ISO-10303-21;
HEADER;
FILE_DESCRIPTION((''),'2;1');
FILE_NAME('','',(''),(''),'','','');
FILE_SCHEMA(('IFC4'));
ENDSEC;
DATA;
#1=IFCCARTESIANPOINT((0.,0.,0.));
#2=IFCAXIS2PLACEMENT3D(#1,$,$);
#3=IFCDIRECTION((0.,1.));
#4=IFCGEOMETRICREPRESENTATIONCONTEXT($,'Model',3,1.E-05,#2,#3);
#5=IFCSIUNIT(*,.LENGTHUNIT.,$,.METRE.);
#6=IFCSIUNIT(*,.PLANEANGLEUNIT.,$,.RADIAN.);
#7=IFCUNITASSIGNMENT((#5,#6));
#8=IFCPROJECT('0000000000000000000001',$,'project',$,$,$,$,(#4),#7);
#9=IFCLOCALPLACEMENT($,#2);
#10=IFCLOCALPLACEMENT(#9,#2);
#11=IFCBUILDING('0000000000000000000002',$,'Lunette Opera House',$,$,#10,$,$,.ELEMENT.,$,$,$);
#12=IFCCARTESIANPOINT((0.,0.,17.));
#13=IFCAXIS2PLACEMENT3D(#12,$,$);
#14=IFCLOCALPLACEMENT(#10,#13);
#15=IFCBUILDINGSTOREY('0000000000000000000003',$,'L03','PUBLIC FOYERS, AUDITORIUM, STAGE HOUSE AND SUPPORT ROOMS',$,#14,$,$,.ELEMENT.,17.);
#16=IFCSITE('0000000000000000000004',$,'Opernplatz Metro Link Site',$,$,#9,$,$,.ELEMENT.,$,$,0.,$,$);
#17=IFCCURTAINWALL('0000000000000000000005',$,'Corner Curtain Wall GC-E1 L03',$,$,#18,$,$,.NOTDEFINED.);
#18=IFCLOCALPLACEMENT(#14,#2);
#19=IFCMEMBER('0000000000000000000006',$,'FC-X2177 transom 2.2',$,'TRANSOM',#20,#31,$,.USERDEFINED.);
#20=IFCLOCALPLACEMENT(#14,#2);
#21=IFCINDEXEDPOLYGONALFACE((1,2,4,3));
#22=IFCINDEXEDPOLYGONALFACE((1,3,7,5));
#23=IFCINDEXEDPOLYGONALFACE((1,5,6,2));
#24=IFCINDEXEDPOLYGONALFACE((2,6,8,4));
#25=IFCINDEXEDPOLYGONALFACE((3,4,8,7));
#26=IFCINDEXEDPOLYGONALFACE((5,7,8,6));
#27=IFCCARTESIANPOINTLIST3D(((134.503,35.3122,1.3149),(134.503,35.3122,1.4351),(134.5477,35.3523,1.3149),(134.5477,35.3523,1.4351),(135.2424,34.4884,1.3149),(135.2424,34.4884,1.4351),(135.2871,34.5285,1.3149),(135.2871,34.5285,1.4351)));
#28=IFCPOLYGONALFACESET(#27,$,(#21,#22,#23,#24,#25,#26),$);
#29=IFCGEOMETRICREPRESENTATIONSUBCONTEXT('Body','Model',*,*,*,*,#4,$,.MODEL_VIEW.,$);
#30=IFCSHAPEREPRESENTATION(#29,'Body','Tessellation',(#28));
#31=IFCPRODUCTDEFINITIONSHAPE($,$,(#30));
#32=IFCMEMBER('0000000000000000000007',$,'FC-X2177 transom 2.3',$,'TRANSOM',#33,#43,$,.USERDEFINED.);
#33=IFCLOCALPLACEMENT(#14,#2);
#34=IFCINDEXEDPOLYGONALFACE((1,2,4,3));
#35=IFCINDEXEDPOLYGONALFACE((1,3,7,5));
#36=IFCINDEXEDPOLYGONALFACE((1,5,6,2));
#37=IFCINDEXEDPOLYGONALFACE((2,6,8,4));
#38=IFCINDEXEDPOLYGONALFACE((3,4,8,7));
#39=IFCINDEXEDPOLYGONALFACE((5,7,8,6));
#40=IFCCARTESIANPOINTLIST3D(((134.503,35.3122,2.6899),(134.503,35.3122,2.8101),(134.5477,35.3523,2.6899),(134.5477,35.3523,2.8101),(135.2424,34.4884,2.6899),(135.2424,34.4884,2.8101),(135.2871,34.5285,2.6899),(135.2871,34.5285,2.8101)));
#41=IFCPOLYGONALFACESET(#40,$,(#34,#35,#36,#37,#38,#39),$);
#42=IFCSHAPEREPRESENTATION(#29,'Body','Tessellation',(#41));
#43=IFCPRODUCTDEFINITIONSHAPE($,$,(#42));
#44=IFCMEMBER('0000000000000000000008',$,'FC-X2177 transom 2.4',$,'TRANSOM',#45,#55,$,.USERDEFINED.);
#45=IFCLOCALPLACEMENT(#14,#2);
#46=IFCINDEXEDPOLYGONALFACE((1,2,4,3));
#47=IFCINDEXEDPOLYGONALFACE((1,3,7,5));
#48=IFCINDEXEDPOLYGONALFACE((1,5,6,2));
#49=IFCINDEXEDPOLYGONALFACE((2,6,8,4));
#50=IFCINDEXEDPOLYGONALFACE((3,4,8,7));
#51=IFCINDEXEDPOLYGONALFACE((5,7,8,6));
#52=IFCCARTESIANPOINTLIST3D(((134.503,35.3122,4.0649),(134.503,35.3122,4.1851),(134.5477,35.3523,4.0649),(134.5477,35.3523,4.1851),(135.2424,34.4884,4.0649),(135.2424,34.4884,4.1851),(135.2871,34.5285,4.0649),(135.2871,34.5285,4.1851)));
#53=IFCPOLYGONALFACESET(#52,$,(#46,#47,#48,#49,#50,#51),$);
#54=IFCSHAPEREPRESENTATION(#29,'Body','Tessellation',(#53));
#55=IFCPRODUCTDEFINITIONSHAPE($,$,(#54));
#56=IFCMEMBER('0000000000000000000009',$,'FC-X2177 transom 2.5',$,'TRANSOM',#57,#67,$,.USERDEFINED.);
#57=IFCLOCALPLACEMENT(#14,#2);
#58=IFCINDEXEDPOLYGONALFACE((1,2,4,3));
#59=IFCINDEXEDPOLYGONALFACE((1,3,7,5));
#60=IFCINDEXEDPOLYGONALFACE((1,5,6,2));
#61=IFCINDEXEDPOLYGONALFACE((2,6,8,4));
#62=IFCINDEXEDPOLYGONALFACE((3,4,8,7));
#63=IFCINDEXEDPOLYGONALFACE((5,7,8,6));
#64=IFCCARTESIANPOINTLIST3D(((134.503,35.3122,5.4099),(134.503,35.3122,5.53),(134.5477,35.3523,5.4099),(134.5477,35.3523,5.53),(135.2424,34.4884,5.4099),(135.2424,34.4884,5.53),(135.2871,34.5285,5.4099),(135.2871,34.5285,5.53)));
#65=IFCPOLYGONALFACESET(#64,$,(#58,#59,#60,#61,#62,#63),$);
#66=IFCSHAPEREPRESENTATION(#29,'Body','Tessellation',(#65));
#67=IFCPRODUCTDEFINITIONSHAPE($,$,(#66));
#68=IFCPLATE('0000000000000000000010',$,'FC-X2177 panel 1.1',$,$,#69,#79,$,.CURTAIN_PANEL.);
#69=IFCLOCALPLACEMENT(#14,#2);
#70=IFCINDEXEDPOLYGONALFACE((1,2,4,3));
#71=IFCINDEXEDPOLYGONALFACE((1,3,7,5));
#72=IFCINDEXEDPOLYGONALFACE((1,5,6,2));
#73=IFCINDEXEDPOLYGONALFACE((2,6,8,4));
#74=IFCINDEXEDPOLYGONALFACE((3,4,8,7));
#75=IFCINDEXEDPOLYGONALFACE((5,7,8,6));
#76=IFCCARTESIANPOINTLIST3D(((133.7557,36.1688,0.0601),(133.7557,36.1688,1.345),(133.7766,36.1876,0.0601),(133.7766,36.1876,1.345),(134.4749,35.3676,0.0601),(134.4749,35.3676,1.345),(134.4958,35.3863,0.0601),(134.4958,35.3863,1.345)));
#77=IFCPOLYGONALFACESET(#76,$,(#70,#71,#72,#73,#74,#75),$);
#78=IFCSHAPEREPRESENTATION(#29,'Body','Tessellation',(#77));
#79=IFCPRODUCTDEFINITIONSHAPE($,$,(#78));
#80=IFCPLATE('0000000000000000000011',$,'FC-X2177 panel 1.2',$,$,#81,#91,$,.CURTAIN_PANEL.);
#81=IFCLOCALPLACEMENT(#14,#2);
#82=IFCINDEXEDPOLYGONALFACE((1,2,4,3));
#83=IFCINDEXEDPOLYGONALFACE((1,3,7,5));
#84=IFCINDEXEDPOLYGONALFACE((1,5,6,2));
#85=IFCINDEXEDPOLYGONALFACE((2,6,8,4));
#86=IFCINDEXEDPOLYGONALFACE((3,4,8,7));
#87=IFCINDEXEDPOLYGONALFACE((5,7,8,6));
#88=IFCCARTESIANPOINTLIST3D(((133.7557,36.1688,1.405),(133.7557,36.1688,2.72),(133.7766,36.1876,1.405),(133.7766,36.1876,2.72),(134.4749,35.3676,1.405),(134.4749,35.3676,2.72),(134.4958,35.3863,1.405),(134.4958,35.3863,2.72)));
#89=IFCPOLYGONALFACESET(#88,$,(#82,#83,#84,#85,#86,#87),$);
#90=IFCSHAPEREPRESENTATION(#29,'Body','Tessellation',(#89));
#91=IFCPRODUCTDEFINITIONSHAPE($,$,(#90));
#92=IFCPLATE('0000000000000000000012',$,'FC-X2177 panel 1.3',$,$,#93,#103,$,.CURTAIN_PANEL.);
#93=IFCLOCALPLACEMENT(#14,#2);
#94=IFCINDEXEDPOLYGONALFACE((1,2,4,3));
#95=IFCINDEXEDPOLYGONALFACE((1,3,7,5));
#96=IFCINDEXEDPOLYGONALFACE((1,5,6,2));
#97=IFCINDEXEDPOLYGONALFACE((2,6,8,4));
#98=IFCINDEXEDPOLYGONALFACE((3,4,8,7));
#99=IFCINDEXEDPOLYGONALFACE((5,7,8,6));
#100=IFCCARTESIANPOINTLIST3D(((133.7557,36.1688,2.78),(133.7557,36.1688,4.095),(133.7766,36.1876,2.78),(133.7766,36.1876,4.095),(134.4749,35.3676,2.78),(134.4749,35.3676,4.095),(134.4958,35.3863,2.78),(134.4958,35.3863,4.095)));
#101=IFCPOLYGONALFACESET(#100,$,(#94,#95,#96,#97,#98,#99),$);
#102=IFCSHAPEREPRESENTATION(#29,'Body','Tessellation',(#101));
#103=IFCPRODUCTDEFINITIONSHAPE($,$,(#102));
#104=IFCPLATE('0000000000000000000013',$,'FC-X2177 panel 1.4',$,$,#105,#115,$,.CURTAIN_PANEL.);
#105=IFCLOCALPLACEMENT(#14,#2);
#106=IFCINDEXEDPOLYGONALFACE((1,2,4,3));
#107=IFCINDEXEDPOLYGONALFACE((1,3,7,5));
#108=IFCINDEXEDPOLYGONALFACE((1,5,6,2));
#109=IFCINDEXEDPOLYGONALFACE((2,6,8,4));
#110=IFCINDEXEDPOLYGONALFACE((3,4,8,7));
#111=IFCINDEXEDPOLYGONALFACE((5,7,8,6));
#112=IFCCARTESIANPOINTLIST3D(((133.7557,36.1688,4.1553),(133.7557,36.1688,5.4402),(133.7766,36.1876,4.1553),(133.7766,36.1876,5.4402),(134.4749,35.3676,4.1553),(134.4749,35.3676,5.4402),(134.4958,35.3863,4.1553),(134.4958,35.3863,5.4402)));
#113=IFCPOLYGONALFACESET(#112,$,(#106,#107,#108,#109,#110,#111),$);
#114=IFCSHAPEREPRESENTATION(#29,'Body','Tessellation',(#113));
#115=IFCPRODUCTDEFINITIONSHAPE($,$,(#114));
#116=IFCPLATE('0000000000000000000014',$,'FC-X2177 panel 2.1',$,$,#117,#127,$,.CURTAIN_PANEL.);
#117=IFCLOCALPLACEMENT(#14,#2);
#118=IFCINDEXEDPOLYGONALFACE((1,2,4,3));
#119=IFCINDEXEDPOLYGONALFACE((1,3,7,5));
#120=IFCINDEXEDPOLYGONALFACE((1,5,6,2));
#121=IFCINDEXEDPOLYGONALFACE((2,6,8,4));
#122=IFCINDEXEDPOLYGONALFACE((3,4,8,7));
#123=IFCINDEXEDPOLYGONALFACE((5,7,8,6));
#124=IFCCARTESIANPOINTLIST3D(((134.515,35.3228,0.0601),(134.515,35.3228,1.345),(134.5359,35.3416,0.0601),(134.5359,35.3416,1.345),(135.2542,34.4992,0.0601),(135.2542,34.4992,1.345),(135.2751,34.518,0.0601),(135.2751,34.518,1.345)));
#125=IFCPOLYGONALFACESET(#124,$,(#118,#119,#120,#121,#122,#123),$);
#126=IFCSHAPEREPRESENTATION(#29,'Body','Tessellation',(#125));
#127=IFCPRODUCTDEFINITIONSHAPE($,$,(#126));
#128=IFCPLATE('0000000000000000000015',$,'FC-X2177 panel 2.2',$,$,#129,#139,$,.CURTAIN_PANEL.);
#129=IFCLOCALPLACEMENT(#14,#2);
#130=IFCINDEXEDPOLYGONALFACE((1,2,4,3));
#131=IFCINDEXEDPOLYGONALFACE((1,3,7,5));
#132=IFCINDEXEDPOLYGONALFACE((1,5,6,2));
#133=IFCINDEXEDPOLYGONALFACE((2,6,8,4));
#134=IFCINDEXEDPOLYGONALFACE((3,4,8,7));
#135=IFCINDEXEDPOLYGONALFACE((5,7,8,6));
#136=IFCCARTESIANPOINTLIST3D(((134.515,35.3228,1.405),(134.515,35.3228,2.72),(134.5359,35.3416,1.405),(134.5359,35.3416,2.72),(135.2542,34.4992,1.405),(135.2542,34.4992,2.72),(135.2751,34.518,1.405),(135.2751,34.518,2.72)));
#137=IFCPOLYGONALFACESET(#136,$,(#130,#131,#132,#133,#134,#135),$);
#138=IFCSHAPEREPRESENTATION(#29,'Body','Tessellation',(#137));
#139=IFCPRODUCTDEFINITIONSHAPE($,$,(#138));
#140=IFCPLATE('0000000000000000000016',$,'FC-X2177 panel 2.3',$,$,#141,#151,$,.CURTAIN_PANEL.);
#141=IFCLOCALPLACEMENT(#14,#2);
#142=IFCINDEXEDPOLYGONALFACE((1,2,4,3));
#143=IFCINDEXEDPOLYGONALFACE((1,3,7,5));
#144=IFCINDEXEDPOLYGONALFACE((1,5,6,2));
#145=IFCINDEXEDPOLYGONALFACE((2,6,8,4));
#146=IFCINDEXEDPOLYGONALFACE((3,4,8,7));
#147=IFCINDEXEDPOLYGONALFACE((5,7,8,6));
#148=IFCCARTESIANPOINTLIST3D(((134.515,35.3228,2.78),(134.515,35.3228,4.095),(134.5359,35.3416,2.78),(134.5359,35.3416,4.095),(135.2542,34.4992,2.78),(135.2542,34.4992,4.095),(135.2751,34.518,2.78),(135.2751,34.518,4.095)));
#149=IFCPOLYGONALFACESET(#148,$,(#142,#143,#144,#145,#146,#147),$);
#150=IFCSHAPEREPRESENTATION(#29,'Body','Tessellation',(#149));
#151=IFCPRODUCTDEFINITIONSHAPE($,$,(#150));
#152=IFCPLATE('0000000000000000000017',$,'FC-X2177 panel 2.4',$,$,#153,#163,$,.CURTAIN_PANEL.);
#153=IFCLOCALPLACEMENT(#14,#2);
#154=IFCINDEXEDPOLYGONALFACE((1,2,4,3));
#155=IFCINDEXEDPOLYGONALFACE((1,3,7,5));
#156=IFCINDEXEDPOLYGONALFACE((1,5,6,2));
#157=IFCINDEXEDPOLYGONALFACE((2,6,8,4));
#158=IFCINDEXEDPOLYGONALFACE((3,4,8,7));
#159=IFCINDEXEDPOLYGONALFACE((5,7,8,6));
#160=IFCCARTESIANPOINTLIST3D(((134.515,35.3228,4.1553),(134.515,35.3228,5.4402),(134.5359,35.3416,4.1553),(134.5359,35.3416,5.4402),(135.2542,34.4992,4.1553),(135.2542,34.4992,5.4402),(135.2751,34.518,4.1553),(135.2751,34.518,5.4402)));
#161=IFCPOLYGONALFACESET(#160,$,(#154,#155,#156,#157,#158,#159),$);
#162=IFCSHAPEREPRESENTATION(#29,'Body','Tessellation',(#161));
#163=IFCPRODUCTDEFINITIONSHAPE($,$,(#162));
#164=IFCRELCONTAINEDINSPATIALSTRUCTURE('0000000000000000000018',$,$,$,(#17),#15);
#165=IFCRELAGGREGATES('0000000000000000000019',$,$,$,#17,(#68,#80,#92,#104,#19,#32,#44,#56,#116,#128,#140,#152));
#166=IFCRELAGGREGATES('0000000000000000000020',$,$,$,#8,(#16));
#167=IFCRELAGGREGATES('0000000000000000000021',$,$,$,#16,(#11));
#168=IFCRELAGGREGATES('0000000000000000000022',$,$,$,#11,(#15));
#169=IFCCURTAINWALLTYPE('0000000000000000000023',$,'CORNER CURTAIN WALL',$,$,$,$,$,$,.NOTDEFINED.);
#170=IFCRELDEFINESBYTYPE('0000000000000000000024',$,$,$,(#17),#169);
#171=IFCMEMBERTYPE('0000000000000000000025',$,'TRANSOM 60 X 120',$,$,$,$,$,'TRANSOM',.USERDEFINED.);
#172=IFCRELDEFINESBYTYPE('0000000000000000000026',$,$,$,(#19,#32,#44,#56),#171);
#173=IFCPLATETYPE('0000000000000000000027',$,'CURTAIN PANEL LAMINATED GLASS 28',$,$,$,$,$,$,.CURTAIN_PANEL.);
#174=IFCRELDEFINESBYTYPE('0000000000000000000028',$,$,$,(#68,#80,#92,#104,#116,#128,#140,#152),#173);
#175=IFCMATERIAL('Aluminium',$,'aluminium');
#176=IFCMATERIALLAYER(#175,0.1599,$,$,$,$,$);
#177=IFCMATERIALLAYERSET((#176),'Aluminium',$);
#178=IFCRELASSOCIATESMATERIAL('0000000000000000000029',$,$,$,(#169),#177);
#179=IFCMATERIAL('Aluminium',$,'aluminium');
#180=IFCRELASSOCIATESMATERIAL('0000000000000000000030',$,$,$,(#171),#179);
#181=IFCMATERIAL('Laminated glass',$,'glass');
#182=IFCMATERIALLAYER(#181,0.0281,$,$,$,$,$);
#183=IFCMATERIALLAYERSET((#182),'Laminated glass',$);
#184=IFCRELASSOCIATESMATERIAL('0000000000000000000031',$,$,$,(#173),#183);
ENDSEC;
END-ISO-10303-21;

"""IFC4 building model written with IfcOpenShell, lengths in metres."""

from ifc_helpers import new_model, si_unit, direction, frame, origin, origin_2d, place, context, subcontext, project, spatial, rectangle, extrude, material, layer, layer_set, material_profile, profile_set, type_object, element, aggregate, save


model = new_model("IFC4")

# Units and contexts
model_context = context("Model", 3, precision=1e-05, world=origin(), true_north=direction((0.0, 1.0)))
body_context = subcontext(model_context, "Body", "Model", "MODEL_VIEW")
ifc_project = project(units=[si_unit("LENGTHUNIT", "METRE"), si_unit("PLANEANGLEUNIT", "RADIAN")], contexts=[model_context])

# Site, building, storey
site_placement = place(None, origin())
site = spatial("IfcSite", under=ifc_project, at=site_placement, Name="Opernplatz Metro Link Site", CompositionType="ELEMENT", RefElevation=0.0)
building_placement = place(site_placement, origin())
building = spatial("IfcBuilding", under=site, at=building_placement, Name="Lunette Opera House", CompositionType="ELEMENT")
storey_placement = place(building_placement, frame((0.0, 0.0, 17.0)))
storey = spatial("IfcBuildingStorey", under=building, at=storey_placement, Name="L03", Description="PUBLIC FOYERS, AUDITORIUM, STAGE HOUSE AND SUPPORT ROOMS", CompositionType="ELEMENT", Elevation=17.0)

# Curtain wall
ifc_material_1 = material(Name="Aluminium", Category="aluminium")
ifc_layer_1 = layer(ifc_material_1, 0.1599)
ifc_layer_set_1 = layer_set([ifc_layer_1], Name="Aluminium")
curtain_wall_type = type_object("IfcCurtainWallType", Name="CORNER CURTAIN WALL", PredefinedType="NOTDEFINED", material=ifc_layer_set_1)
curtain_wall_placement = place(storey_placement, origin())
curtain_wall = element("IfcCurtainWall", 1, at=curtain_wall_placement, inside=storey, type_object=curtain_wall_type, Name="Corner Curtain Wall GC-E1 L03", PredefinedType="NOTDEFINED")

# Members
ifc_material_2 = material(Name="Aluminium", Category="aluminium")
ifc_material_profile_1 = material_profile(ifc_material_2, rectangle(XDim=0.0601, YDim=0.1201, at=origin_2d()), Name="TRANSOM 60 X 120")
ifc_profile_set_1 = profile_set([ifc_material_profile_1], Name="Aluminium")
member_type_1 = type_object("IfcMemberType", Name="TRANSOM 60 X 120", ElementType="TRANSOM", PredefinedType="USERDEFINED", material=ifc_profile_set_1)
member_1_placement = place(storey_placement, frame((134.5254, 35.3323, 1.375), z_axis=(0.667916, -0.744237, 0.0), x_axis=(0.744237, 0.667916, 0.0)))
member_1 = element("IfcMember", 2, at=member_1_placement, type_object=member_type_1, Name="FC-X2177 transom 2.2", ObjectType="TRANSOM", PredefinedType="USERDEFINED", context=body_context, shape_type="SweptSolid", body=[
    extrude(rectangle(XDim=0.0601, YDim=0.1201, at=origin_2d()), origin(), (0.0, 0.0, 1.0), 1.1069),
])
member_2_placement = place(storey_placement, frame((134.5254, 35.3323, 2.75), z_axis=(0.667916, -0.744237, 0.0), x_axis=(0.744237, 0.667916, 0.0)))
member_2 = element("IfcMember", 3, at=member_2_placement, type_object=member_type_1, Name="FC-X2177 transom 2.3", ObjectType="TRANSOM", PredefinedType="USERDEFINED", context=body_context, shape_type="SweptSolid", body=[
    extrude(rectangle(XDim=0.0601, YDim=0.1201, at=origin_2d()), origin(), (0.0, 0.0, 1.0), 1.1069),
])
member_3_placement = place(storey_placement, frame((134.5254, 35.3323, 4.125), z_axis=(0.667916, -0.744237, 0.0), x_axis=(0.744237, 0.667916, 0.0)))
member_3 = element("IfcMember", 4, at=member_3_placement, type_object=member_type_1, Name="FC-X2177 transom 2.4", ObjectType="TRANSOM", PredefinedType="USERDEFINED", context=body_context, shape_type="SweptSolid", body=[
    extrude(rectangle(XDim=0.0601, YDim=0.1201, at=origin_2d()), origin(), (0.0, 0.0, 1.0), 1.1069),
])
member_4_placement = place(storey_placement, frame((134.5254, 35.3323, 5.47), z_axis=(0.667916, -0.744237, 0.0), x_axis=(0.744237, 0.667916, 0.0)))
member_4 = element("IfcMember", 5, at=member_4_placement, type_object=member_type_1, Name="FC-X2177 transom 2.5", ObjectType="TRANSOM", PredefinedType="USERDEFINED", context=body_context, shape_type="SweptSolid", body=[
    extrude(rectangle(XDim=0.0601, YDim=0.1201, at=origin_2d()), origin(), (0.0, 0.0, 1.0), 1.1069),
])

# Plates
ifc_material_3 = material(Name="Laminated glass", Category="glass")
ifc_layer_2 = layer(ifc_material_3, 0.0281)
ifc_layer_set_2 = layer_set([ifc_layer_2], Name="Laminated glass")
plate_type = type_object("IfcPlateType", Name="CURTAIN PANEL LAMINATED GLASS 28", PredefinedType="CURTAIN_PANEL", material=ifc_layer_set_2)
plate_1_placement = place(storey_placement, frame((134.1257, 35.7776, 0.0601), z_axis=(0.0, 0.0, 1.0), x_axis=(0.667938, -0.744217, 0.0)))
plate_1 = element("IfcPlate", 6, at=plate_1_placement, type_object=plate_type, Name="FC-X2177 panel 1.1", PredefinedType="CURTAIN_PANEL", context=body_context, shape_type="SweptSolid", body=[
    extrude(rectangle(XDim=1.0767, YDim=0.0281, at=origin_2d()), origin(), (0.0, 0.0, 1.0), 1.2849),
])
plate_2_placement = place(storey_placement, frame((134.1257, 35.7776, 1.405), z_axis=(0.0, 0.0, 1.0), x_axis=(0.667938, -0.744217, 0.0)))
plate_2 = element("IfcPlate", 7, at=plate_2_placement, type_object=plate_type, Name="FC-X2177 panel 1.2", PredefinedType="CURTAIN_PANEL", context=body_context, shape_type="SweptSolid", body=[
    extrude(rectangle(XDim=1.0767, YDim=0.0281, at=origin_2d()), origin(), (0.0, 0.0, 1.0), 1.3149),
])
plate_3_placement = place(storey_placement, frame((134.1257, 35.7776, 2.78), z_axis=(0.0, 0.0, 1.0), x_axis=(0.667938, -0.744217, 0.0)))
plate_3 = element("IfcPlate", 8, at=plate_3_placement, type_object=plate_type, Name="FC-X2177 panel 1.3", PredefinedType="CURTAIN_PANEL", context=body_context, shape_type="SweptSolid", body=[
    extrude(rectangle(XDim=1.0767, YDim=0.0281, at=origin_2d()), origin(), (0.0, 0.0, 1.0), 1.3149),
])
plate_4_placement = place(storey_placement, frame((134.1257, 35.7776, 4.1553), z_axis=(0.0, 0.0, 1.0), x_axis=(0.667938, -0.744217, 0.0)))
plate_4 = element("IfcPlate", 9, at=plate_4_placement, type_object=plate_type, Name="FC-X2177 panel 1.4", PredefinedType="CURTAIN_PANEL", context=body_context, shape_type="SweptSolid", body=[
    extrude(rectangle(XDim=1.0767, YDim=0.0281, at=origin_2d()), origin(), (0.0, 0.0, 1.0), 1.2849),
])
plate_5_placement = place(storey_placement, frame((134.895, 34.9204, 0.0601), z_axis=(0.0, 0.0, 1.0), x_axis=(0.667938, -0.744217, 0.0)))
plate_5 = element("IfcPlate", 10, at=plate_5_placement, type_object=plate_type, Name="FC-X2177 panel 2.1", PredefinedType="CURTAIN_PANEL", context=body_context, shape_type="SweptSolid", body=[
    extrude(rectangle(XDim=1.1067, YDim=0.0281, at=origin_2d()), origin(), (0.0, 0.0, 1.0), 1.2849),
])
plate_6_placement = place(storey_placement, frame((134.895, 34.9204, 1.405), z_axis=(0.0, 0.0, 1.0), x_axis=(0.667938, -0.744217, 0.0)))
plate_6 = element("IfcPlate", 11, at=plate_6_placement, type_object=plate_type, Name="FC-X2177 panel 2.2", PredefinedType="CURTAIN_PANEL", context=body_context, shape_type="SweptSolid", body=[
    extrude(rectangle(XDim=1.1067, YDim=0.0281, at=origin_2d()), origin(), (0.0, 0.0, 1.0), 1.3149),
])
plate_7_placement = place(storey_placement, frame((134.895, 34.9204, 2.78), z_axis=(0.0, 0.0, 1.0), x_axis=(0.667938, -0.744217, 0.0)))
plate_7 = element("IfcPlate", 12, at=plate_7_placement, type_object=plate_type, Name="FC-X2177 panel 2.3", PredefinedType="CURTAIN_PANEL", context=body_context, shape_type="SweptSolid", body=[
    extrude(rectangle(XDim=1.1067, YDim=0.0281, at=origin_2d()), origin(), (0.0, 0.0, 1.0), 1.3149),
])
plate_8_placement = place(storey_placement, frame((134.895, 34.9204, 4.1553), z_axis=(0.0, 0.0, 1.0), x_axis=(0.667938, -0.744217, 0.0)))
plate_8 = element("IfcPlate", 13, at=plate_8_placement, type_object=plate_type, Name="FC-X2177 panel 2.4", PredefinedType="CURTAIN_PANEL", context=body_context, shape_type="SweptSolid", body=[
    extrude(rectangle(XDim=1.1067, YDim=0.0281, at=origin_2d()), origin(), (0.0, 0.0, 1.0), 1.2849),
])
aggregate(curtain_wall, [plate_1, plate_2, plate_3, plate_4, member_1, member_2, member_3, member_4, plate_5, plate_6, plate_7, plate_8])

save(model, "model.ifc")
